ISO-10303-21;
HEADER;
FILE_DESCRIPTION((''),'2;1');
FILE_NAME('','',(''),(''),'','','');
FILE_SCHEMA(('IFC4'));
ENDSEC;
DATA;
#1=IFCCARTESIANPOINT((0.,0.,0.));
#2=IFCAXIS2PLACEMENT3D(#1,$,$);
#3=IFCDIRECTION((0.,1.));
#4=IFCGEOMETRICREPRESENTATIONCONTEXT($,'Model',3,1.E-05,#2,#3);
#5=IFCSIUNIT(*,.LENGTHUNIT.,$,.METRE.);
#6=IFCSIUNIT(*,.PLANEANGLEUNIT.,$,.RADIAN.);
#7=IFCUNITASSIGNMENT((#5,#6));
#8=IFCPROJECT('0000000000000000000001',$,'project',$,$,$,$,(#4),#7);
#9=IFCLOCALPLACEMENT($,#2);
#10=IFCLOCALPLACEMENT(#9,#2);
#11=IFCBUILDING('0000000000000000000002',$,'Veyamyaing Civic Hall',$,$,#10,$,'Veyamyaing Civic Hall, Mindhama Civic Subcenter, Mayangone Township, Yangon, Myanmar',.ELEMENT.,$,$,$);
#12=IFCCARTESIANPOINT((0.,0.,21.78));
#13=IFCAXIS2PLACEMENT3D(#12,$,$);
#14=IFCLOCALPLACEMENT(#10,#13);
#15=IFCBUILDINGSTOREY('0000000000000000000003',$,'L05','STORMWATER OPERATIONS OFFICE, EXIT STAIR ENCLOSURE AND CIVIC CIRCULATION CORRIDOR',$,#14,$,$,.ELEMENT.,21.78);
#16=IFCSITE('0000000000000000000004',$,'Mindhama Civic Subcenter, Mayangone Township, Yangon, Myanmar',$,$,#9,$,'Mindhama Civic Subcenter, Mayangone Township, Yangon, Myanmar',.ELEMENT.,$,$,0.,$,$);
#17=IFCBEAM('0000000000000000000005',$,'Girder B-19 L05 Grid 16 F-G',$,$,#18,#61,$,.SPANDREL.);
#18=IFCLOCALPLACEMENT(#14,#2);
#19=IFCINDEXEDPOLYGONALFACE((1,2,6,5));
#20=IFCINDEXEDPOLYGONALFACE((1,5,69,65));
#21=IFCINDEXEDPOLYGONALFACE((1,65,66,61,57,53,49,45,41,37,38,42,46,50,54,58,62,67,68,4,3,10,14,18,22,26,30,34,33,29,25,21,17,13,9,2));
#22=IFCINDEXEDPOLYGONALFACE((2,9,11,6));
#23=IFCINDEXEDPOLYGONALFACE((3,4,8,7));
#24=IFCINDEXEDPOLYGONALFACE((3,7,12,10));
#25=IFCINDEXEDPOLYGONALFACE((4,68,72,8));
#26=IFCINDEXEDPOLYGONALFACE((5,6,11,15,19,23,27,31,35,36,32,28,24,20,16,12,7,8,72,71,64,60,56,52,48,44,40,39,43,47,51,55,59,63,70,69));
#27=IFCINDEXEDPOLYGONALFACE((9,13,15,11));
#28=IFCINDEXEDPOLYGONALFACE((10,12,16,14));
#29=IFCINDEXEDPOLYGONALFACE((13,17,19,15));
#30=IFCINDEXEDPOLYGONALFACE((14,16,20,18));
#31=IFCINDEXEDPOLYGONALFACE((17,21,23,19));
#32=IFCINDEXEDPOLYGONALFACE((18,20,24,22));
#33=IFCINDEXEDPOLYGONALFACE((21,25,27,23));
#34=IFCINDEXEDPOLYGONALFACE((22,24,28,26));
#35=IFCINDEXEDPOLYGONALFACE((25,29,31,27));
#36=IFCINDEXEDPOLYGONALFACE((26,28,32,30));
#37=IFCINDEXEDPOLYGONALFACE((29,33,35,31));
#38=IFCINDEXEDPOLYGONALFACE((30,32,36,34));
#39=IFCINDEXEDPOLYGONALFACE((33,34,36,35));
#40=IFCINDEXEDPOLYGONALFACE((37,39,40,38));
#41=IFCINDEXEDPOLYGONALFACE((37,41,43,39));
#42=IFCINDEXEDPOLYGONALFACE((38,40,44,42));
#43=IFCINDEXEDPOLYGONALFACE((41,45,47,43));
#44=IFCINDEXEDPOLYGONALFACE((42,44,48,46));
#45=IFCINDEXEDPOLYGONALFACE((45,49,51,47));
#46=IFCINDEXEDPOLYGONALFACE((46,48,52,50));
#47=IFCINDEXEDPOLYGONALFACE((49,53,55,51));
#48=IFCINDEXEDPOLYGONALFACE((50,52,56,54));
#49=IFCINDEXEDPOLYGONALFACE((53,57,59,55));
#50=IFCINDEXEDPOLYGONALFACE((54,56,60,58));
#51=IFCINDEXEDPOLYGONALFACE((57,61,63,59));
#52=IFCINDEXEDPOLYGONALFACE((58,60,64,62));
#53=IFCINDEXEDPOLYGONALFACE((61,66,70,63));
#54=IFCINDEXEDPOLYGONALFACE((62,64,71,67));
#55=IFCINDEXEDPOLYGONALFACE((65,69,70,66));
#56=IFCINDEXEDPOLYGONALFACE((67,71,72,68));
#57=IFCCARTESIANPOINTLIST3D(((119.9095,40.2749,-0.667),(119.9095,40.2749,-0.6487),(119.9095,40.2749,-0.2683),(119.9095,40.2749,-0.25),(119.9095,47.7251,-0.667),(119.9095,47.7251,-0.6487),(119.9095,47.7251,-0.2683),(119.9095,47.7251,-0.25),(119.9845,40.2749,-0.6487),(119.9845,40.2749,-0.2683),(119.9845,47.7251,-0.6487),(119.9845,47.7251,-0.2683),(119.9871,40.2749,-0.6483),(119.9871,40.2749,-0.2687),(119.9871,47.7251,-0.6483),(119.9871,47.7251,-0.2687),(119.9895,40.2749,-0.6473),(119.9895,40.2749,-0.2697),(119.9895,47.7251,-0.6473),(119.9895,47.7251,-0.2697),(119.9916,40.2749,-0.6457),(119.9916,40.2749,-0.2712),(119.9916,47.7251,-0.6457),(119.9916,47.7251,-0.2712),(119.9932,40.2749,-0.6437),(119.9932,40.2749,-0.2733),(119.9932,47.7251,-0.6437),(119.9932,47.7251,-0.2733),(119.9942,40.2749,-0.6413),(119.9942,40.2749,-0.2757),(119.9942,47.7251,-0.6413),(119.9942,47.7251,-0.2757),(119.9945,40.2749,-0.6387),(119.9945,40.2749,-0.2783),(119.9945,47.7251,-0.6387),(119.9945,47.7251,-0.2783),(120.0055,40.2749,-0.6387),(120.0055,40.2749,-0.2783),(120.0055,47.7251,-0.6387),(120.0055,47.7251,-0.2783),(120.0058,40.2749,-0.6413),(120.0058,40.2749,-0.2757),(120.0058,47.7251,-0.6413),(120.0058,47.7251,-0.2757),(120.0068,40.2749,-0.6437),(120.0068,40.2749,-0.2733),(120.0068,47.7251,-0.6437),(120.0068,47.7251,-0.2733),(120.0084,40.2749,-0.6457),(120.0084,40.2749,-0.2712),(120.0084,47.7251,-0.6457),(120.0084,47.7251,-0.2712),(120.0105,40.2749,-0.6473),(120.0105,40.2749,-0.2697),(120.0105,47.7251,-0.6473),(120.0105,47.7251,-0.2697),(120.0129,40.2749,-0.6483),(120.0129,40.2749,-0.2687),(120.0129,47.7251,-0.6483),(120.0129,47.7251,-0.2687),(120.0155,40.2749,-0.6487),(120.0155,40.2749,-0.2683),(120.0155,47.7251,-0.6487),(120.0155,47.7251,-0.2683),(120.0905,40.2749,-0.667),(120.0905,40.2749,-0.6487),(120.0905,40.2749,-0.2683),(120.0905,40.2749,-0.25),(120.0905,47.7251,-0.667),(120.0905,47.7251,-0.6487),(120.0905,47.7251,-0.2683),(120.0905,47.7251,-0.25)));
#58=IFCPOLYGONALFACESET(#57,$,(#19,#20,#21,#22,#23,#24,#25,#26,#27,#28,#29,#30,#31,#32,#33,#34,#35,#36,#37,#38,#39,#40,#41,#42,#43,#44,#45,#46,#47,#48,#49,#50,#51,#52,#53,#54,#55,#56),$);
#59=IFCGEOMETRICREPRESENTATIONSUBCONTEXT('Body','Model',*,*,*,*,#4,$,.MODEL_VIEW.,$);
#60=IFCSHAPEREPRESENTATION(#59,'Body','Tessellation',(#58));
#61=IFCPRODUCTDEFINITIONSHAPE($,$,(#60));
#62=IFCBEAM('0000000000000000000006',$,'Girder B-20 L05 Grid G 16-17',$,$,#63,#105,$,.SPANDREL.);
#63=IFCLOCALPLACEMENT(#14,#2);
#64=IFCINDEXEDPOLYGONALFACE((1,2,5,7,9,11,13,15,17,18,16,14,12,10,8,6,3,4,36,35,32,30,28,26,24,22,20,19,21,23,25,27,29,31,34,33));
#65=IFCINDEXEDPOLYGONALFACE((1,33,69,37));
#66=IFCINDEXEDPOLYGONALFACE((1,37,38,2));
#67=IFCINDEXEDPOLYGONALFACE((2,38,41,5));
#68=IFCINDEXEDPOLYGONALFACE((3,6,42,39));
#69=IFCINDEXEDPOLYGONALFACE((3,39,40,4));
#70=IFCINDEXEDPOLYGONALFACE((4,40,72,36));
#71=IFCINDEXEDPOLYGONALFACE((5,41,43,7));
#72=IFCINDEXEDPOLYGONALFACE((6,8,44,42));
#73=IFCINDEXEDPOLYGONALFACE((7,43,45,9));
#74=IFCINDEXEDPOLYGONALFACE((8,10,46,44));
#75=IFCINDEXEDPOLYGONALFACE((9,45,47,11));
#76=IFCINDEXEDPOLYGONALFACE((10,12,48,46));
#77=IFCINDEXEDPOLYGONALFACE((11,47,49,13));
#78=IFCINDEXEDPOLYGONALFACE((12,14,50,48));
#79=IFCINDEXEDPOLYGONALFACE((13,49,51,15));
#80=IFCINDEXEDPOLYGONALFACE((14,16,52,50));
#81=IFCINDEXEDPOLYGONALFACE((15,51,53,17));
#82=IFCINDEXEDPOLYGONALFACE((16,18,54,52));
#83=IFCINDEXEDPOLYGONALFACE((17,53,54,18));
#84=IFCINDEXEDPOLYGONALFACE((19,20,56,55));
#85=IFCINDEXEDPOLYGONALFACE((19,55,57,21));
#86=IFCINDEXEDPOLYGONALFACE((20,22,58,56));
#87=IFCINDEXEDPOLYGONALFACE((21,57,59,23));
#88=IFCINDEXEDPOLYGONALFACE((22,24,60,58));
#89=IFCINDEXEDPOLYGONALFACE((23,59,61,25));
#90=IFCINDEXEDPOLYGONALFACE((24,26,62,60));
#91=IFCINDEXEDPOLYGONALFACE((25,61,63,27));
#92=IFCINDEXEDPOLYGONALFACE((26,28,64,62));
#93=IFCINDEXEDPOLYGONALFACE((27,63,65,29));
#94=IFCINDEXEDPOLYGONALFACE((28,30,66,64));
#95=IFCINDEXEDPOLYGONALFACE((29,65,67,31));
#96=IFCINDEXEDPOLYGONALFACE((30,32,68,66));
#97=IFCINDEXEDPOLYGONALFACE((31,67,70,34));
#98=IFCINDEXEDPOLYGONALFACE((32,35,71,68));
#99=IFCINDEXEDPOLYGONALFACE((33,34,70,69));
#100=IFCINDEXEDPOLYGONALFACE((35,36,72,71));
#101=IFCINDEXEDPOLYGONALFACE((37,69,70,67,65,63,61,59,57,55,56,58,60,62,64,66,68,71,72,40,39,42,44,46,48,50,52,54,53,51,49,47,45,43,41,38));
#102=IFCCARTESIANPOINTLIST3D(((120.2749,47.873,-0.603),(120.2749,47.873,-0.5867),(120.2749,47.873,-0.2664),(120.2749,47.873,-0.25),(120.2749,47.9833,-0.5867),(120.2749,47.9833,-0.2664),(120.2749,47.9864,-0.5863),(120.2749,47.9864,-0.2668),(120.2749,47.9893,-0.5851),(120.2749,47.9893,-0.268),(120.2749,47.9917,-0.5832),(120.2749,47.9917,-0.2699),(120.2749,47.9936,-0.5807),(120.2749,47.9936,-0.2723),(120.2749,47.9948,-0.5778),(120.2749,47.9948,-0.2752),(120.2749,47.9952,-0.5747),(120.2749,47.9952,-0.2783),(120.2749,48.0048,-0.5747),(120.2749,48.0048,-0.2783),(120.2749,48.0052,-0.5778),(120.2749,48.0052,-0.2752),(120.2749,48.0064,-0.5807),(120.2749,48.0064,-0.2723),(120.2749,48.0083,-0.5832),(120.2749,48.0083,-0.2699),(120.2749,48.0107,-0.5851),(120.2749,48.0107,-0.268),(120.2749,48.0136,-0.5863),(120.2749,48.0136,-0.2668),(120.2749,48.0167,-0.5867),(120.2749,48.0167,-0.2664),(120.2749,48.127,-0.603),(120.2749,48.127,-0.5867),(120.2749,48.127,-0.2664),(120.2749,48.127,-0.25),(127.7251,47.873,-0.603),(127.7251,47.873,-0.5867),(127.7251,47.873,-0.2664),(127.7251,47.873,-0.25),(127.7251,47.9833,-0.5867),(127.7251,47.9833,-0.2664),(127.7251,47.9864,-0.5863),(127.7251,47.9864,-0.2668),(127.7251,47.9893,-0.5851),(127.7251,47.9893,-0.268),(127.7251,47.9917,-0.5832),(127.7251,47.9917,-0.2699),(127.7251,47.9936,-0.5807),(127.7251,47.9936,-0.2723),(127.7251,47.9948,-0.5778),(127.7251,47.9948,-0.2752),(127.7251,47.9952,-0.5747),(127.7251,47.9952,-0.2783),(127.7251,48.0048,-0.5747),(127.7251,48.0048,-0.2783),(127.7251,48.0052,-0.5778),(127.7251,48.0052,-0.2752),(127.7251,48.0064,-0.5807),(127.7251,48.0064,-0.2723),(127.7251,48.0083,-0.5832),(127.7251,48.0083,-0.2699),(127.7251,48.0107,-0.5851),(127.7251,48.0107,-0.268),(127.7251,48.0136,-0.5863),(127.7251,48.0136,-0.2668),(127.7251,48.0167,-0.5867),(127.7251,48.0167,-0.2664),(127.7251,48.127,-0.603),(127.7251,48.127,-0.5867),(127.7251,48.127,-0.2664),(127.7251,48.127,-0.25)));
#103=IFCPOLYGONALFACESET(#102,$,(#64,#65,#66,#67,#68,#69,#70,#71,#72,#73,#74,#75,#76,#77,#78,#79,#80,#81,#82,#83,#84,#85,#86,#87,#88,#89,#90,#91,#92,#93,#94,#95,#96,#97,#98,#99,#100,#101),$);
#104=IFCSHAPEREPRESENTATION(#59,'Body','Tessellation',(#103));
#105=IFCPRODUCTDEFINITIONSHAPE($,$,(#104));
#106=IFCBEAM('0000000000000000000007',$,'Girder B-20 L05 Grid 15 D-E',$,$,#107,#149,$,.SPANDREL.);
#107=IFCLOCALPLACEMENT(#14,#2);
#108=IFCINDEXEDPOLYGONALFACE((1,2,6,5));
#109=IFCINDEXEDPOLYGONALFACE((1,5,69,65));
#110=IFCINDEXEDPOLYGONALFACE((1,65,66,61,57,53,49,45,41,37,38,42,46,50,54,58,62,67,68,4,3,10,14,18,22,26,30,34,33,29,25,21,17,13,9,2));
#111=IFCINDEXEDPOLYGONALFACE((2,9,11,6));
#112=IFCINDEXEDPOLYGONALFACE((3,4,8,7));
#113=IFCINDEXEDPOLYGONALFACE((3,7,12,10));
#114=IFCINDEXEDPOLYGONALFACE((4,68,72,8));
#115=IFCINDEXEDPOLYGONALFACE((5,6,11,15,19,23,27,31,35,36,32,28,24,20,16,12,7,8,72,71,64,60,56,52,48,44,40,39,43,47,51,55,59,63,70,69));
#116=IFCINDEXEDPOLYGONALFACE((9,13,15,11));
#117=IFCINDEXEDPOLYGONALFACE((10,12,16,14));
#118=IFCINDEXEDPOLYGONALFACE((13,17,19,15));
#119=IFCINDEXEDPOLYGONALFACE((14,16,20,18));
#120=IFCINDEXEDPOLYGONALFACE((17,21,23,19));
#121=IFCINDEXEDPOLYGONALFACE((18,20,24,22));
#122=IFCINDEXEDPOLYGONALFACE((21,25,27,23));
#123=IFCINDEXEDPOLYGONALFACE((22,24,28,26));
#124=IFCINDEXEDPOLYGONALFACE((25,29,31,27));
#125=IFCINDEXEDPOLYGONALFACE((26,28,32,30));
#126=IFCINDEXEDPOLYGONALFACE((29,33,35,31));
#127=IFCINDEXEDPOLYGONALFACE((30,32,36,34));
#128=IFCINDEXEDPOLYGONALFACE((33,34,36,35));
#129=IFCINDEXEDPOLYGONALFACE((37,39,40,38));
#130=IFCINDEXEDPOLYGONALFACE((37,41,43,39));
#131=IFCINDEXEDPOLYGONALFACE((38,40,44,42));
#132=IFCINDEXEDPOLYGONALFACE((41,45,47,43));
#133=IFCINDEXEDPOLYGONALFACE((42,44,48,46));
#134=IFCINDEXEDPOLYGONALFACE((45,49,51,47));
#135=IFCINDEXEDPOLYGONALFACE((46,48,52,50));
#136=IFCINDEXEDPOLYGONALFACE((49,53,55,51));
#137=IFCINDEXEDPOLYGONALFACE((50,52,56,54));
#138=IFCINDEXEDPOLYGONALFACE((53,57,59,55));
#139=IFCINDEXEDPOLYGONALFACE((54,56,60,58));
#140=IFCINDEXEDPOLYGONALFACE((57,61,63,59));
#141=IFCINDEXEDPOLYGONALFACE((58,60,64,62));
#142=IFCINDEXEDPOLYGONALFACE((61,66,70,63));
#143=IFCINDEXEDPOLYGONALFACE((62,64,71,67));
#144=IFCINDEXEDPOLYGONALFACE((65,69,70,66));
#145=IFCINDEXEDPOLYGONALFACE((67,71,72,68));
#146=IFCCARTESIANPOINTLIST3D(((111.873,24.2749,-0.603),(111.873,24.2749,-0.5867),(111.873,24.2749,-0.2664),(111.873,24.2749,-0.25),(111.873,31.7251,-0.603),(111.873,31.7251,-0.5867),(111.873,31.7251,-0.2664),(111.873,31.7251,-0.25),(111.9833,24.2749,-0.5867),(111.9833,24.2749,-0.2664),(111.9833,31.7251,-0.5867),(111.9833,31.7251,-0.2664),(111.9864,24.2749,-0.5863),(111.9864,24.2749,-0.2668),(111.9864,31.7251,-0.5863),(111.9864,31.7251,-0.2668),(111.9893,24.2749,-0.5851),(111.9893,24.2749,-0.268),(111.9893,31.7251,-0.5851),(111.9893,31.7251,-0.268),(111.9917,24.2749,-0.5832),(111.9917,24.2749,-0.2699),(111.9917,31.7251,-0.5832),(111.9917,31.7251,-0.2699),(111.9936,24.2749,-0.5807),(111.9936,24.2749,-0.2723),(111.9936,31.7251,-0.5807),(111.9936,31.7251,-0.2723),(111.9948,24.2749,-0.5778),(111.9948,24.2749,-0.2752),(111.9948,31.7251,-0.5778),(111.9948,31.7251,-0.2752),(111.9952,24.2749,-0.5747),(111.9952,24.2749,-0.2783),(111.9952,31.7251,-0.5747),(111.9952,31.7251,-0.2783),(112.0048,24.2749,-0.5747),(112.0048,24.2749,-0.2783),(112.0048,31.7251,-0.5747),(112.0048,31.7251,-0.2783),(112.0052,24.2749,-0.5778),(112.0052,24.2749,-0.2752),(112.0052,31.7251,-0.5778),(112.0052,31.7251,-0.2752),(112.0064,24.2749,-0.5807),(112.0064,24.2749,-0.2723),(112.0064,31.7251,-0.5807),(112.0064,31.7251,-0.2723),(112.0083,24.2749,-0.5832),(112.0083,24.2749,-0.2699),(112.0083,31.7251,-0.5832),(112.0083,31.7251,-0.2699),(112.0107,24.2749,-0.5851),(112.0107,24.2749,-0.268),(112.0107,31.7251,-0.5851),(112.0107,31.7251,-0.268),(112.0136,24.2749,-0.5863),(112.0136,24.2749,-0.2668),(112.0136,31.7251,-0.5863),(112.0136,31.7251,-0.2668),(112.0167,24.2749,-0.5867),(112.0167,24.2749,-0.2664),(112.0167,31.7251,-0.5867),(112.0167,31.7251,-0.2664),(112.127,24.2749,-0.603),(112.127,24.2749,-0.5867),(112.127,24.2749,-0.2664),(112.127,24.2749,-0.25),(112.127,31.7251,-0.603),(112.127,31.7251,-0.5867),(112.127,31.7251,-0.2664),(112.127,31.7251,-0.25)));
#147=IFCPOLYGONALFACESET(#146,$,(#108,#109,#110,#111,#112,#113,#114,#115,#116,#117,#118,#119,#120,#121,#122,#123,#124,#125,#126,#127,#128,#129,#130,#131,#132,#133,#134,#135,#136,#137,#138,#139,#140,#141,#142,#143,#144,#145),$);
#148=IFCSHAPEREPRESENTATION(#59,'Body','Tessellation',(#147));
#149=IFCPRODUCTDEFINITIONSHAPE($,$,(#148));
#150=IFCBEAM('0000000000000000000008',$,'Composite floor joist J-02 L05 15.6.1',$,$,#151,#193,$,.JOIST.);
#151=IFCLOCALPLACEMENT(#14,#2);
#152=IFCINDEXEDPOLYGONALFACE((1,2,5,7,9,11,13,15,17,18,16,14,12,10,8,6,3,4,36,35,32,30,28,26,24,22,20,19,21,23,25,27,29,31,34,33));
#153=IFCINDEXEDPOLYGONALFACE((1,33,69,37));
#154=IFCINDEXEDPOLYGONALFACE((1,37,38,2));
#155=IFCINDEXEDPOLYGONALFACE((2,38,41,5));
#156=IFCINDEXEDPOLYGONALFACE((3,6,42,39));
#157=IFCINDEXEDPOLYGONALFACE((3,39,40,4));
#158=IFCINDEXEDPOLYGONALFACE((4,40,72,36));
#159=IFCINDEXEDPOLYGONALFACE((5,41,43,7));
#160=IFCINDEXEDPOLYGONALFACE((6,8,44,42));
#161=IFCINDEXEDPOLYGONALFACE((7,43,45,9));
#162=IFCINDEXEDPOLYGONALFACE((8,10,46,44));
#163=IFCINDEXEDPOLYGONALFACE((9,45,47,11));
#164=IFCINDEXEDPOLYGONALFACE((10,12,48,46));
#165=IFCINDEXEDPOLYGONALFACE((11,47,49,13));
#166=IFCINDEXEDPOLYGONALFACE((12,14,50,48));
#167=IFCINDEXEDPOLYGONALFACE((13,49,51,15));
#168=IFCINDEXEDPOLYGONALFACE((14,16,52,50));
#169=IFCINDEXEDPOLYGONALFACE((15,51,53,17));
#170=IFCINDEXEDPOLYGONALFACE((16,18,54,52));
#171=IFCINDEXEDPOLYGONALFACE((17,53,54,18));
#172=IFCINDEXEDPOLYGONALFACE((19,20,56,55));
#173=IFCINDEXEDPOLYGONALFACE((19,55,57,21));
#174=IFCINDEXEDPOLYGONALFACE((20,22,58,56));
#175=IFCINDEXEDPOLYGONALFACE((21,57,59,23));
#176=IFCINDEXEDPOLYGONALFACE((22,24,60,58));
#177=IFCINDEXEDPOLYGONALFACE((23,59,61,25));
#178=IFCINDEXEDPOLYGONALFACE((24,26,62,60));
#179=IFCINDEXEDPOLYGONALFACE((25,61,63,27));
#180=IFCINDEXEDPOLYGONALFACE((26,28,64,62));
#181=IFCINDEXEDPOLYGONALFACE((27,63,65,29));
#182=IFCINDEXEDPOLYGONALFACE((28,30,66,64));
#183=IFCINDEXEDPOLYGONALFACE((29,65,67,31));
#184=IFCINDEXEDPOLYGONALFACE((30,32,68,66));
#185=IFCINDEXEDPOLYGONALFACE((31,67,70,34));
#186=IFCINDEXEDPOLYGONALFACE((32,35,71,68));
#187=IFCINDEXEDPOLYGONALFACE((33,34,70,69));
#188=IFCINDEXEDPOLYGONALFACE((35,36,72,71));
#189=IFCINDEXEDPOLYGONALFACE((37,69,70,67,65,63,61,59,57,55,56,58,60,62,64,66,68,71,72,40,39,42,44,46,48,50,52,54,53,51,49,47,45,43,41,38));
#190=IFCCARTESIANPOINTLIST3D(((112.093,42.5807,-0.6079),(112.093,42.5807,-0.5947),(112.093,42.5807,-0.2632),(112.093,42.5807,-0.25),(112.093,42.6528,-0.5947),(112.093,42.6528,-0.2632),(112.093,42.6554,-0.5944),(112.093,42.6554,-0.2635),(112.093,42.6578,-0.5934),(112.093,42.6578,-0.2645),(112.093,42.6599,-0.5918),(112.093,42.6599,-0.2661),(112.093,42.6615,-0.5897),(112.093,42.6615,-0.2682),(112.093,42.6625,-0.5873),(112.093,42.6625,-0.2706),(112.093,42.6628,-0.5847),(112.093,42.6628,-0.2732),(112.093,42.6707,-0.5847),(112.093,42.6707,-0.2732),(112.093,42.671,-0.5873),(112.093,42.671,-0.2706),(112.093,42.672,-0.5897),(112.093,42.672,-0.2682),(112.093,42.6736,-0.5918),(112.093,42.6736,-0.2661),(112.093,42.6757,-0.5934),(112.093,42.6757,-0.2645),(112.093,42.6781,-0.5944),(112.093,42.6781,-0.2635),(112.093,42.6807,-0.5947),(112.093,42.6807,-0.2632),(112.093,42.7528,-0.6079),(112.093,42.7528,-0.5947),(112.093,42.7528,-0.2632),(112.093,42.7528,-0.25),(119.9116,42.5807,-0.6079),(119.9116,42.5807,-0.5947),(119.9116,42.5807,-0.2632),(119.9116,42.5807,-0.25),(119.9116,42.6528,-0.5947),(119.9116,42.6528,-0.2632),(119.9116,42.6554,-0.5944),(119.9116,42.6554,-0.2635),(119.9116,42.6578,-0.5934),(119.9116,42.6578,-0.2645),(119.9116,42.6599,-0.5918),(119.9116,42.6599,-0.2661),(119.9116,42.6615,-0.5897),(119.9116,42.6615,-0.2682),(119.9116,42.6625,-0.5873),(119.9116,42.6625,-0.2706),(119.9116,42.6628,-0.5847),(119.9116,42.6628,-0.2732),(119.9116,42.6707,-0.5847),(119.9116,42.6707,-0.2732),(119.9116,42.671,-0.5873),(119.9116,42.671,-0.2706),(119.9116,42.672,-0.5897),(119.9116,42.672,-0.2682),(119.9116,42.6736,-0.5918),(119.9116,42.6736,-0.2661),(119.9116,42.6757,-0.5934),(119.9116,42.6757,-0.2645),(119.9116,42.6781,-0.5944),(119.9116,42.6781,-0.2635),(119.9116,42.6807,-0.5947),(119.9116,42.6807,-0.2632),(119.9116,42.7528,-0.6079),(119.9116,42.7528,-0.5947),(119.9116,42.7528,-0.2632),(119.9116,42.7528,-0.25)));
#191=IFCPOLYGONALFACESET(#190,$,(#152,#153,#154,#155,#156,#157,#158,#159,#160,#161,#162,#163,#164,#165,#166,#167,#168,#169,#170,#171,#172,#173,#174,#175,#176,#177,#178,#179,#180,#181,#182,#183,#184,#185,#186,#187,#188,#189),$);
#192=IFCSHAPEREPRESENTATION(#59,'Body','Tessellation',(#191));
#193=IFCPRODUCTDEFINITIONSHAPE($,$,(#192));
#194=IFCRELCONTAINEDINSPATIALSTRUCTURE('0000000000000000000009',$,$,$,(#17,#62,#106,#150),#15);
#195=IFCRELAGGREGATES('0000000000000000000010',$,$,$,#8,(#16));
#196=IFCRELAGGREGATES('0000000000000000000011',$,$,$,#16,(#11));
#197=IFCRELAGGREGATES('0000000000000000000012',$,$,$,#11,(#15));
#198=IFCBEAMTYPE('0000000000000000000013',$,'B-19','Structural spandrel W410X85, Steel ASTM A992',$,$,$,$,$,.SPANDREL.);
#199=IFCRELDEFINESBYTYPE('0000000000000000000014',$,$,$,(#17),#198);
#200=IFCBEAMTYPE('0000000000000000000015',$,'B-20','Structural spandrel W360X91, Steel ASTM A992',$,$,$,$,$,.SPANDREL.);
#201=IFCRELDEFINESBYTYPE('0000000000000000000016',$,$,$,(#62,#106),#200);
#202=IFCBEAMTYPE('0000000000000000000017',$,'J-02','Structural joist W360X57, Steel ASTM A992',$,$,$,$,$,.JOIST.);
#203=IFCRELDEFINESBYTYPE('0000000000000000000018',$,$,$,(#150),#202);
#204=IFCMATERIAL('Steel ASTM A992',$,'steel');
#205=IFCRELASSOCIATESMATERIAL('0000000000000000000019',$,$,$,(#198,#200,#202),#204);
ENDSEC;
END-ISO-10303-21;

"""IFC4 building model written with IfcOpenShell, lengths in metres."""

from ifc_helpers import new_model, si_unit, direction, frame, origin, origin_2d, place, context, subcontext, project, spatial, i_section, extrude, material, material_profile, profile_set, type_object, element, save


model = new_model("IFC4")

# Units and contexts
model_context = context("Model", 3, precision=1e-05, world=origin(), true_north=direction((0.0, 1.0)))
body_context = subcontext(model_context, "Body", "Model", "MODEL_VIEW")
ifc_project = project(units=[si_unit("LENGTHUNIT", "METRE"), si_unit("PLANEANGLEUNIT", "RADIAN")], contexts=[model_context])

# Site, building, storey
site_placement = place(None, origin())
site = spatial("IfcSite", under=ifc_project, at=site_placement, Name="Mindhama Civic Subcenter, Mayangone Township, Yangon, Myanmar", LongName="Mindhama Civic Subcenter, Mayangone Township, Yangon, Myanmar", CompositionType="ELEMENT", RefElevation=0.0)
building_placement = place(site_placement, origin())
building = spatial("IfcBuilding", under=site, at=building_placement, Name="Veyamyaing Civic Hall", LongName="Veyamyaing Civic Hall, Mindhama Civic Subcenter, Mayangone Township, Yangon, Myanmar", CompositionType="ELEMENT")
storey_placement = place(building_placement, frame((0.0, 0.0, 21.78)))
storey = spatial("IfcBuildingStorey", under=building, at=storey_placement, Name="L05", Description="STORMWATER OPERATIONS OFFICE, EXIT STAIR ENCLOSURE AND CIVIC CIRCULATION CORRIDOR", CompositionType="ELEMENT", Elevation=21.78)

# Beams
ifc_material_1 = material(Name="Steel ASTM A992", Category="steel")
ifc_material_profile_1 = material_profile(ifc_material_1, i_section(OverallWidth=0.1809, OverallDepth=0.417, WebThickness=0.011, FlangeThickness=0.0183, FilletRadius=0.01, at=origin_2d()), Name="W410X85")
ifc_profile_set_1 = profile_set([ifc_material_profile_1], Name="Steel ASTM A992")
beam_type_1 = type_object("IfcBeamType", Name="B-19", Description="Structural spandrel W410X85, Steel ASTM A992", PredefinedType="SPANDREL", material=ifc_profile_set_1)
for number, where, z_axis, x_axis, name in (
    (1, (120.0, 40.2749, -0.4585), (0.0, 1.0, 0.0), (-1.0, 0.0, 0.0), "Girder B-19 L05 Grid 16 F-G"),
):
    element("IfcBeam", number, at=place(storey_placement, frame(where, z_axis=z_axis, x_axis=x_axis)), inside=storey, type_object=beam_type_1, Name=name, PredefinedType="SPANDREL", context=body_context, shape_type="SweptSolid", body=[
        extrude(i_section(OverallWidth=0.1809, OverallDepth=0.417, WebThickness=0.011, FlangeThickness=0.0183, FilletRadius=0.01, at=origin_2d()), origin(), (0.0, 0.0, 1.0), 7.4502),
    ])
ifc_material_profile_2 = material_profile(ifc_material_1, i_section(OverallWidth=0.2539, OverallDepth=0.353, WebThickness=0.0095, FlangeThickness=0.0164, FilletRadius=0.012, at=origin_2d()), Name="W360X91")
ifc_profile_set_2 = profile_set([ifc_material_profile_2], Name="Steel ASTM A992")
beam_type_2 = type_object("IfcBeamType", Name="B-20", Description="Structural spandrel W360X91, Steel ASTM A992", PredefinedType="SPANDREL", material=ifc_profile_set_2)
for number, where, z_axis, x_axis, name in (
    (2, (120.2749, 48.0, -0.4265), (1.0, 0.0, 0.0), (0.0, 1.0, 0.0), "Girder B-20 L05 Grid G 16-17"),
    (3, (112.0, 24.2749, -0.4265), (0.0, 1.0, 0.0), (-1.0, 0.0, 0.0), "Girder B-20 L05 Grid 15 D-E"),
):
    element("IfcBeam", number, at=place(storey_placement, frame(where, z_axis=z_axis, x_axis=x_axis)), inside=storey, type_object=beam_type_2, Name=name, PredefinedType="SPANDREL", context=body_context, shape_type="SweptSolid", body=[
        extrude(i_section(OverallWidth=0.2539, OverallDepth=0.353, WebThickness=0.0095, FlangeThickness=0.0164, FilletRadius=0.012, at=origin_2d()), origin(), (0.0, 0.0, 1.0), 7.4502),
    ])
ifc_material_profile_3 = material_profile(ifc_material_1, i_section(OverallWidth=0.1721, OverallDepth=0.3579, WebThickness=0.0078, FlangeThickness=0.0132, FilletRadius=0.01, at=origin_2d()), Name="W360X57")
ifc_profile_set_3 = profile_set([ifc_material_profile_3], Name="Steel ASTM A992")
beam_type_3 = type_object("IfcBeamType", Name="J-02", Description="Structural joist W360X57, Steel ASTM A992", PredefinedType="JOIST", material=ifc_profile_set_3)
for number, where, z_axis, x_axis, name in (
    (4, (112.093, 42.6667, -0.429), (1.0, 0.0, 0.0), (0.0, 1.0, 0.0), "Composite floor joist J-02 L05 15.6.1"),
):
    element("IfcBeam", number, at=place(storey_placement, frame(where, z_axis=z_axis, x_axis=x_axis)), inside=storey, type_object=beam_type_3, Name=name, PredefinedType="JOIST", context=body_context, shape_type="SweptSolid", body=[
        extrude(i_section(OverallWidth=0.1721, OverallDepth=0.3579, WebThickness=0.0078, FlangeThickness=0.0132, FilletRadius=0.01, at=origin_2d()), origin(), (0.0, 0.0, 1.0), 7.8186),
    ])

save(model, "model.ifc")
